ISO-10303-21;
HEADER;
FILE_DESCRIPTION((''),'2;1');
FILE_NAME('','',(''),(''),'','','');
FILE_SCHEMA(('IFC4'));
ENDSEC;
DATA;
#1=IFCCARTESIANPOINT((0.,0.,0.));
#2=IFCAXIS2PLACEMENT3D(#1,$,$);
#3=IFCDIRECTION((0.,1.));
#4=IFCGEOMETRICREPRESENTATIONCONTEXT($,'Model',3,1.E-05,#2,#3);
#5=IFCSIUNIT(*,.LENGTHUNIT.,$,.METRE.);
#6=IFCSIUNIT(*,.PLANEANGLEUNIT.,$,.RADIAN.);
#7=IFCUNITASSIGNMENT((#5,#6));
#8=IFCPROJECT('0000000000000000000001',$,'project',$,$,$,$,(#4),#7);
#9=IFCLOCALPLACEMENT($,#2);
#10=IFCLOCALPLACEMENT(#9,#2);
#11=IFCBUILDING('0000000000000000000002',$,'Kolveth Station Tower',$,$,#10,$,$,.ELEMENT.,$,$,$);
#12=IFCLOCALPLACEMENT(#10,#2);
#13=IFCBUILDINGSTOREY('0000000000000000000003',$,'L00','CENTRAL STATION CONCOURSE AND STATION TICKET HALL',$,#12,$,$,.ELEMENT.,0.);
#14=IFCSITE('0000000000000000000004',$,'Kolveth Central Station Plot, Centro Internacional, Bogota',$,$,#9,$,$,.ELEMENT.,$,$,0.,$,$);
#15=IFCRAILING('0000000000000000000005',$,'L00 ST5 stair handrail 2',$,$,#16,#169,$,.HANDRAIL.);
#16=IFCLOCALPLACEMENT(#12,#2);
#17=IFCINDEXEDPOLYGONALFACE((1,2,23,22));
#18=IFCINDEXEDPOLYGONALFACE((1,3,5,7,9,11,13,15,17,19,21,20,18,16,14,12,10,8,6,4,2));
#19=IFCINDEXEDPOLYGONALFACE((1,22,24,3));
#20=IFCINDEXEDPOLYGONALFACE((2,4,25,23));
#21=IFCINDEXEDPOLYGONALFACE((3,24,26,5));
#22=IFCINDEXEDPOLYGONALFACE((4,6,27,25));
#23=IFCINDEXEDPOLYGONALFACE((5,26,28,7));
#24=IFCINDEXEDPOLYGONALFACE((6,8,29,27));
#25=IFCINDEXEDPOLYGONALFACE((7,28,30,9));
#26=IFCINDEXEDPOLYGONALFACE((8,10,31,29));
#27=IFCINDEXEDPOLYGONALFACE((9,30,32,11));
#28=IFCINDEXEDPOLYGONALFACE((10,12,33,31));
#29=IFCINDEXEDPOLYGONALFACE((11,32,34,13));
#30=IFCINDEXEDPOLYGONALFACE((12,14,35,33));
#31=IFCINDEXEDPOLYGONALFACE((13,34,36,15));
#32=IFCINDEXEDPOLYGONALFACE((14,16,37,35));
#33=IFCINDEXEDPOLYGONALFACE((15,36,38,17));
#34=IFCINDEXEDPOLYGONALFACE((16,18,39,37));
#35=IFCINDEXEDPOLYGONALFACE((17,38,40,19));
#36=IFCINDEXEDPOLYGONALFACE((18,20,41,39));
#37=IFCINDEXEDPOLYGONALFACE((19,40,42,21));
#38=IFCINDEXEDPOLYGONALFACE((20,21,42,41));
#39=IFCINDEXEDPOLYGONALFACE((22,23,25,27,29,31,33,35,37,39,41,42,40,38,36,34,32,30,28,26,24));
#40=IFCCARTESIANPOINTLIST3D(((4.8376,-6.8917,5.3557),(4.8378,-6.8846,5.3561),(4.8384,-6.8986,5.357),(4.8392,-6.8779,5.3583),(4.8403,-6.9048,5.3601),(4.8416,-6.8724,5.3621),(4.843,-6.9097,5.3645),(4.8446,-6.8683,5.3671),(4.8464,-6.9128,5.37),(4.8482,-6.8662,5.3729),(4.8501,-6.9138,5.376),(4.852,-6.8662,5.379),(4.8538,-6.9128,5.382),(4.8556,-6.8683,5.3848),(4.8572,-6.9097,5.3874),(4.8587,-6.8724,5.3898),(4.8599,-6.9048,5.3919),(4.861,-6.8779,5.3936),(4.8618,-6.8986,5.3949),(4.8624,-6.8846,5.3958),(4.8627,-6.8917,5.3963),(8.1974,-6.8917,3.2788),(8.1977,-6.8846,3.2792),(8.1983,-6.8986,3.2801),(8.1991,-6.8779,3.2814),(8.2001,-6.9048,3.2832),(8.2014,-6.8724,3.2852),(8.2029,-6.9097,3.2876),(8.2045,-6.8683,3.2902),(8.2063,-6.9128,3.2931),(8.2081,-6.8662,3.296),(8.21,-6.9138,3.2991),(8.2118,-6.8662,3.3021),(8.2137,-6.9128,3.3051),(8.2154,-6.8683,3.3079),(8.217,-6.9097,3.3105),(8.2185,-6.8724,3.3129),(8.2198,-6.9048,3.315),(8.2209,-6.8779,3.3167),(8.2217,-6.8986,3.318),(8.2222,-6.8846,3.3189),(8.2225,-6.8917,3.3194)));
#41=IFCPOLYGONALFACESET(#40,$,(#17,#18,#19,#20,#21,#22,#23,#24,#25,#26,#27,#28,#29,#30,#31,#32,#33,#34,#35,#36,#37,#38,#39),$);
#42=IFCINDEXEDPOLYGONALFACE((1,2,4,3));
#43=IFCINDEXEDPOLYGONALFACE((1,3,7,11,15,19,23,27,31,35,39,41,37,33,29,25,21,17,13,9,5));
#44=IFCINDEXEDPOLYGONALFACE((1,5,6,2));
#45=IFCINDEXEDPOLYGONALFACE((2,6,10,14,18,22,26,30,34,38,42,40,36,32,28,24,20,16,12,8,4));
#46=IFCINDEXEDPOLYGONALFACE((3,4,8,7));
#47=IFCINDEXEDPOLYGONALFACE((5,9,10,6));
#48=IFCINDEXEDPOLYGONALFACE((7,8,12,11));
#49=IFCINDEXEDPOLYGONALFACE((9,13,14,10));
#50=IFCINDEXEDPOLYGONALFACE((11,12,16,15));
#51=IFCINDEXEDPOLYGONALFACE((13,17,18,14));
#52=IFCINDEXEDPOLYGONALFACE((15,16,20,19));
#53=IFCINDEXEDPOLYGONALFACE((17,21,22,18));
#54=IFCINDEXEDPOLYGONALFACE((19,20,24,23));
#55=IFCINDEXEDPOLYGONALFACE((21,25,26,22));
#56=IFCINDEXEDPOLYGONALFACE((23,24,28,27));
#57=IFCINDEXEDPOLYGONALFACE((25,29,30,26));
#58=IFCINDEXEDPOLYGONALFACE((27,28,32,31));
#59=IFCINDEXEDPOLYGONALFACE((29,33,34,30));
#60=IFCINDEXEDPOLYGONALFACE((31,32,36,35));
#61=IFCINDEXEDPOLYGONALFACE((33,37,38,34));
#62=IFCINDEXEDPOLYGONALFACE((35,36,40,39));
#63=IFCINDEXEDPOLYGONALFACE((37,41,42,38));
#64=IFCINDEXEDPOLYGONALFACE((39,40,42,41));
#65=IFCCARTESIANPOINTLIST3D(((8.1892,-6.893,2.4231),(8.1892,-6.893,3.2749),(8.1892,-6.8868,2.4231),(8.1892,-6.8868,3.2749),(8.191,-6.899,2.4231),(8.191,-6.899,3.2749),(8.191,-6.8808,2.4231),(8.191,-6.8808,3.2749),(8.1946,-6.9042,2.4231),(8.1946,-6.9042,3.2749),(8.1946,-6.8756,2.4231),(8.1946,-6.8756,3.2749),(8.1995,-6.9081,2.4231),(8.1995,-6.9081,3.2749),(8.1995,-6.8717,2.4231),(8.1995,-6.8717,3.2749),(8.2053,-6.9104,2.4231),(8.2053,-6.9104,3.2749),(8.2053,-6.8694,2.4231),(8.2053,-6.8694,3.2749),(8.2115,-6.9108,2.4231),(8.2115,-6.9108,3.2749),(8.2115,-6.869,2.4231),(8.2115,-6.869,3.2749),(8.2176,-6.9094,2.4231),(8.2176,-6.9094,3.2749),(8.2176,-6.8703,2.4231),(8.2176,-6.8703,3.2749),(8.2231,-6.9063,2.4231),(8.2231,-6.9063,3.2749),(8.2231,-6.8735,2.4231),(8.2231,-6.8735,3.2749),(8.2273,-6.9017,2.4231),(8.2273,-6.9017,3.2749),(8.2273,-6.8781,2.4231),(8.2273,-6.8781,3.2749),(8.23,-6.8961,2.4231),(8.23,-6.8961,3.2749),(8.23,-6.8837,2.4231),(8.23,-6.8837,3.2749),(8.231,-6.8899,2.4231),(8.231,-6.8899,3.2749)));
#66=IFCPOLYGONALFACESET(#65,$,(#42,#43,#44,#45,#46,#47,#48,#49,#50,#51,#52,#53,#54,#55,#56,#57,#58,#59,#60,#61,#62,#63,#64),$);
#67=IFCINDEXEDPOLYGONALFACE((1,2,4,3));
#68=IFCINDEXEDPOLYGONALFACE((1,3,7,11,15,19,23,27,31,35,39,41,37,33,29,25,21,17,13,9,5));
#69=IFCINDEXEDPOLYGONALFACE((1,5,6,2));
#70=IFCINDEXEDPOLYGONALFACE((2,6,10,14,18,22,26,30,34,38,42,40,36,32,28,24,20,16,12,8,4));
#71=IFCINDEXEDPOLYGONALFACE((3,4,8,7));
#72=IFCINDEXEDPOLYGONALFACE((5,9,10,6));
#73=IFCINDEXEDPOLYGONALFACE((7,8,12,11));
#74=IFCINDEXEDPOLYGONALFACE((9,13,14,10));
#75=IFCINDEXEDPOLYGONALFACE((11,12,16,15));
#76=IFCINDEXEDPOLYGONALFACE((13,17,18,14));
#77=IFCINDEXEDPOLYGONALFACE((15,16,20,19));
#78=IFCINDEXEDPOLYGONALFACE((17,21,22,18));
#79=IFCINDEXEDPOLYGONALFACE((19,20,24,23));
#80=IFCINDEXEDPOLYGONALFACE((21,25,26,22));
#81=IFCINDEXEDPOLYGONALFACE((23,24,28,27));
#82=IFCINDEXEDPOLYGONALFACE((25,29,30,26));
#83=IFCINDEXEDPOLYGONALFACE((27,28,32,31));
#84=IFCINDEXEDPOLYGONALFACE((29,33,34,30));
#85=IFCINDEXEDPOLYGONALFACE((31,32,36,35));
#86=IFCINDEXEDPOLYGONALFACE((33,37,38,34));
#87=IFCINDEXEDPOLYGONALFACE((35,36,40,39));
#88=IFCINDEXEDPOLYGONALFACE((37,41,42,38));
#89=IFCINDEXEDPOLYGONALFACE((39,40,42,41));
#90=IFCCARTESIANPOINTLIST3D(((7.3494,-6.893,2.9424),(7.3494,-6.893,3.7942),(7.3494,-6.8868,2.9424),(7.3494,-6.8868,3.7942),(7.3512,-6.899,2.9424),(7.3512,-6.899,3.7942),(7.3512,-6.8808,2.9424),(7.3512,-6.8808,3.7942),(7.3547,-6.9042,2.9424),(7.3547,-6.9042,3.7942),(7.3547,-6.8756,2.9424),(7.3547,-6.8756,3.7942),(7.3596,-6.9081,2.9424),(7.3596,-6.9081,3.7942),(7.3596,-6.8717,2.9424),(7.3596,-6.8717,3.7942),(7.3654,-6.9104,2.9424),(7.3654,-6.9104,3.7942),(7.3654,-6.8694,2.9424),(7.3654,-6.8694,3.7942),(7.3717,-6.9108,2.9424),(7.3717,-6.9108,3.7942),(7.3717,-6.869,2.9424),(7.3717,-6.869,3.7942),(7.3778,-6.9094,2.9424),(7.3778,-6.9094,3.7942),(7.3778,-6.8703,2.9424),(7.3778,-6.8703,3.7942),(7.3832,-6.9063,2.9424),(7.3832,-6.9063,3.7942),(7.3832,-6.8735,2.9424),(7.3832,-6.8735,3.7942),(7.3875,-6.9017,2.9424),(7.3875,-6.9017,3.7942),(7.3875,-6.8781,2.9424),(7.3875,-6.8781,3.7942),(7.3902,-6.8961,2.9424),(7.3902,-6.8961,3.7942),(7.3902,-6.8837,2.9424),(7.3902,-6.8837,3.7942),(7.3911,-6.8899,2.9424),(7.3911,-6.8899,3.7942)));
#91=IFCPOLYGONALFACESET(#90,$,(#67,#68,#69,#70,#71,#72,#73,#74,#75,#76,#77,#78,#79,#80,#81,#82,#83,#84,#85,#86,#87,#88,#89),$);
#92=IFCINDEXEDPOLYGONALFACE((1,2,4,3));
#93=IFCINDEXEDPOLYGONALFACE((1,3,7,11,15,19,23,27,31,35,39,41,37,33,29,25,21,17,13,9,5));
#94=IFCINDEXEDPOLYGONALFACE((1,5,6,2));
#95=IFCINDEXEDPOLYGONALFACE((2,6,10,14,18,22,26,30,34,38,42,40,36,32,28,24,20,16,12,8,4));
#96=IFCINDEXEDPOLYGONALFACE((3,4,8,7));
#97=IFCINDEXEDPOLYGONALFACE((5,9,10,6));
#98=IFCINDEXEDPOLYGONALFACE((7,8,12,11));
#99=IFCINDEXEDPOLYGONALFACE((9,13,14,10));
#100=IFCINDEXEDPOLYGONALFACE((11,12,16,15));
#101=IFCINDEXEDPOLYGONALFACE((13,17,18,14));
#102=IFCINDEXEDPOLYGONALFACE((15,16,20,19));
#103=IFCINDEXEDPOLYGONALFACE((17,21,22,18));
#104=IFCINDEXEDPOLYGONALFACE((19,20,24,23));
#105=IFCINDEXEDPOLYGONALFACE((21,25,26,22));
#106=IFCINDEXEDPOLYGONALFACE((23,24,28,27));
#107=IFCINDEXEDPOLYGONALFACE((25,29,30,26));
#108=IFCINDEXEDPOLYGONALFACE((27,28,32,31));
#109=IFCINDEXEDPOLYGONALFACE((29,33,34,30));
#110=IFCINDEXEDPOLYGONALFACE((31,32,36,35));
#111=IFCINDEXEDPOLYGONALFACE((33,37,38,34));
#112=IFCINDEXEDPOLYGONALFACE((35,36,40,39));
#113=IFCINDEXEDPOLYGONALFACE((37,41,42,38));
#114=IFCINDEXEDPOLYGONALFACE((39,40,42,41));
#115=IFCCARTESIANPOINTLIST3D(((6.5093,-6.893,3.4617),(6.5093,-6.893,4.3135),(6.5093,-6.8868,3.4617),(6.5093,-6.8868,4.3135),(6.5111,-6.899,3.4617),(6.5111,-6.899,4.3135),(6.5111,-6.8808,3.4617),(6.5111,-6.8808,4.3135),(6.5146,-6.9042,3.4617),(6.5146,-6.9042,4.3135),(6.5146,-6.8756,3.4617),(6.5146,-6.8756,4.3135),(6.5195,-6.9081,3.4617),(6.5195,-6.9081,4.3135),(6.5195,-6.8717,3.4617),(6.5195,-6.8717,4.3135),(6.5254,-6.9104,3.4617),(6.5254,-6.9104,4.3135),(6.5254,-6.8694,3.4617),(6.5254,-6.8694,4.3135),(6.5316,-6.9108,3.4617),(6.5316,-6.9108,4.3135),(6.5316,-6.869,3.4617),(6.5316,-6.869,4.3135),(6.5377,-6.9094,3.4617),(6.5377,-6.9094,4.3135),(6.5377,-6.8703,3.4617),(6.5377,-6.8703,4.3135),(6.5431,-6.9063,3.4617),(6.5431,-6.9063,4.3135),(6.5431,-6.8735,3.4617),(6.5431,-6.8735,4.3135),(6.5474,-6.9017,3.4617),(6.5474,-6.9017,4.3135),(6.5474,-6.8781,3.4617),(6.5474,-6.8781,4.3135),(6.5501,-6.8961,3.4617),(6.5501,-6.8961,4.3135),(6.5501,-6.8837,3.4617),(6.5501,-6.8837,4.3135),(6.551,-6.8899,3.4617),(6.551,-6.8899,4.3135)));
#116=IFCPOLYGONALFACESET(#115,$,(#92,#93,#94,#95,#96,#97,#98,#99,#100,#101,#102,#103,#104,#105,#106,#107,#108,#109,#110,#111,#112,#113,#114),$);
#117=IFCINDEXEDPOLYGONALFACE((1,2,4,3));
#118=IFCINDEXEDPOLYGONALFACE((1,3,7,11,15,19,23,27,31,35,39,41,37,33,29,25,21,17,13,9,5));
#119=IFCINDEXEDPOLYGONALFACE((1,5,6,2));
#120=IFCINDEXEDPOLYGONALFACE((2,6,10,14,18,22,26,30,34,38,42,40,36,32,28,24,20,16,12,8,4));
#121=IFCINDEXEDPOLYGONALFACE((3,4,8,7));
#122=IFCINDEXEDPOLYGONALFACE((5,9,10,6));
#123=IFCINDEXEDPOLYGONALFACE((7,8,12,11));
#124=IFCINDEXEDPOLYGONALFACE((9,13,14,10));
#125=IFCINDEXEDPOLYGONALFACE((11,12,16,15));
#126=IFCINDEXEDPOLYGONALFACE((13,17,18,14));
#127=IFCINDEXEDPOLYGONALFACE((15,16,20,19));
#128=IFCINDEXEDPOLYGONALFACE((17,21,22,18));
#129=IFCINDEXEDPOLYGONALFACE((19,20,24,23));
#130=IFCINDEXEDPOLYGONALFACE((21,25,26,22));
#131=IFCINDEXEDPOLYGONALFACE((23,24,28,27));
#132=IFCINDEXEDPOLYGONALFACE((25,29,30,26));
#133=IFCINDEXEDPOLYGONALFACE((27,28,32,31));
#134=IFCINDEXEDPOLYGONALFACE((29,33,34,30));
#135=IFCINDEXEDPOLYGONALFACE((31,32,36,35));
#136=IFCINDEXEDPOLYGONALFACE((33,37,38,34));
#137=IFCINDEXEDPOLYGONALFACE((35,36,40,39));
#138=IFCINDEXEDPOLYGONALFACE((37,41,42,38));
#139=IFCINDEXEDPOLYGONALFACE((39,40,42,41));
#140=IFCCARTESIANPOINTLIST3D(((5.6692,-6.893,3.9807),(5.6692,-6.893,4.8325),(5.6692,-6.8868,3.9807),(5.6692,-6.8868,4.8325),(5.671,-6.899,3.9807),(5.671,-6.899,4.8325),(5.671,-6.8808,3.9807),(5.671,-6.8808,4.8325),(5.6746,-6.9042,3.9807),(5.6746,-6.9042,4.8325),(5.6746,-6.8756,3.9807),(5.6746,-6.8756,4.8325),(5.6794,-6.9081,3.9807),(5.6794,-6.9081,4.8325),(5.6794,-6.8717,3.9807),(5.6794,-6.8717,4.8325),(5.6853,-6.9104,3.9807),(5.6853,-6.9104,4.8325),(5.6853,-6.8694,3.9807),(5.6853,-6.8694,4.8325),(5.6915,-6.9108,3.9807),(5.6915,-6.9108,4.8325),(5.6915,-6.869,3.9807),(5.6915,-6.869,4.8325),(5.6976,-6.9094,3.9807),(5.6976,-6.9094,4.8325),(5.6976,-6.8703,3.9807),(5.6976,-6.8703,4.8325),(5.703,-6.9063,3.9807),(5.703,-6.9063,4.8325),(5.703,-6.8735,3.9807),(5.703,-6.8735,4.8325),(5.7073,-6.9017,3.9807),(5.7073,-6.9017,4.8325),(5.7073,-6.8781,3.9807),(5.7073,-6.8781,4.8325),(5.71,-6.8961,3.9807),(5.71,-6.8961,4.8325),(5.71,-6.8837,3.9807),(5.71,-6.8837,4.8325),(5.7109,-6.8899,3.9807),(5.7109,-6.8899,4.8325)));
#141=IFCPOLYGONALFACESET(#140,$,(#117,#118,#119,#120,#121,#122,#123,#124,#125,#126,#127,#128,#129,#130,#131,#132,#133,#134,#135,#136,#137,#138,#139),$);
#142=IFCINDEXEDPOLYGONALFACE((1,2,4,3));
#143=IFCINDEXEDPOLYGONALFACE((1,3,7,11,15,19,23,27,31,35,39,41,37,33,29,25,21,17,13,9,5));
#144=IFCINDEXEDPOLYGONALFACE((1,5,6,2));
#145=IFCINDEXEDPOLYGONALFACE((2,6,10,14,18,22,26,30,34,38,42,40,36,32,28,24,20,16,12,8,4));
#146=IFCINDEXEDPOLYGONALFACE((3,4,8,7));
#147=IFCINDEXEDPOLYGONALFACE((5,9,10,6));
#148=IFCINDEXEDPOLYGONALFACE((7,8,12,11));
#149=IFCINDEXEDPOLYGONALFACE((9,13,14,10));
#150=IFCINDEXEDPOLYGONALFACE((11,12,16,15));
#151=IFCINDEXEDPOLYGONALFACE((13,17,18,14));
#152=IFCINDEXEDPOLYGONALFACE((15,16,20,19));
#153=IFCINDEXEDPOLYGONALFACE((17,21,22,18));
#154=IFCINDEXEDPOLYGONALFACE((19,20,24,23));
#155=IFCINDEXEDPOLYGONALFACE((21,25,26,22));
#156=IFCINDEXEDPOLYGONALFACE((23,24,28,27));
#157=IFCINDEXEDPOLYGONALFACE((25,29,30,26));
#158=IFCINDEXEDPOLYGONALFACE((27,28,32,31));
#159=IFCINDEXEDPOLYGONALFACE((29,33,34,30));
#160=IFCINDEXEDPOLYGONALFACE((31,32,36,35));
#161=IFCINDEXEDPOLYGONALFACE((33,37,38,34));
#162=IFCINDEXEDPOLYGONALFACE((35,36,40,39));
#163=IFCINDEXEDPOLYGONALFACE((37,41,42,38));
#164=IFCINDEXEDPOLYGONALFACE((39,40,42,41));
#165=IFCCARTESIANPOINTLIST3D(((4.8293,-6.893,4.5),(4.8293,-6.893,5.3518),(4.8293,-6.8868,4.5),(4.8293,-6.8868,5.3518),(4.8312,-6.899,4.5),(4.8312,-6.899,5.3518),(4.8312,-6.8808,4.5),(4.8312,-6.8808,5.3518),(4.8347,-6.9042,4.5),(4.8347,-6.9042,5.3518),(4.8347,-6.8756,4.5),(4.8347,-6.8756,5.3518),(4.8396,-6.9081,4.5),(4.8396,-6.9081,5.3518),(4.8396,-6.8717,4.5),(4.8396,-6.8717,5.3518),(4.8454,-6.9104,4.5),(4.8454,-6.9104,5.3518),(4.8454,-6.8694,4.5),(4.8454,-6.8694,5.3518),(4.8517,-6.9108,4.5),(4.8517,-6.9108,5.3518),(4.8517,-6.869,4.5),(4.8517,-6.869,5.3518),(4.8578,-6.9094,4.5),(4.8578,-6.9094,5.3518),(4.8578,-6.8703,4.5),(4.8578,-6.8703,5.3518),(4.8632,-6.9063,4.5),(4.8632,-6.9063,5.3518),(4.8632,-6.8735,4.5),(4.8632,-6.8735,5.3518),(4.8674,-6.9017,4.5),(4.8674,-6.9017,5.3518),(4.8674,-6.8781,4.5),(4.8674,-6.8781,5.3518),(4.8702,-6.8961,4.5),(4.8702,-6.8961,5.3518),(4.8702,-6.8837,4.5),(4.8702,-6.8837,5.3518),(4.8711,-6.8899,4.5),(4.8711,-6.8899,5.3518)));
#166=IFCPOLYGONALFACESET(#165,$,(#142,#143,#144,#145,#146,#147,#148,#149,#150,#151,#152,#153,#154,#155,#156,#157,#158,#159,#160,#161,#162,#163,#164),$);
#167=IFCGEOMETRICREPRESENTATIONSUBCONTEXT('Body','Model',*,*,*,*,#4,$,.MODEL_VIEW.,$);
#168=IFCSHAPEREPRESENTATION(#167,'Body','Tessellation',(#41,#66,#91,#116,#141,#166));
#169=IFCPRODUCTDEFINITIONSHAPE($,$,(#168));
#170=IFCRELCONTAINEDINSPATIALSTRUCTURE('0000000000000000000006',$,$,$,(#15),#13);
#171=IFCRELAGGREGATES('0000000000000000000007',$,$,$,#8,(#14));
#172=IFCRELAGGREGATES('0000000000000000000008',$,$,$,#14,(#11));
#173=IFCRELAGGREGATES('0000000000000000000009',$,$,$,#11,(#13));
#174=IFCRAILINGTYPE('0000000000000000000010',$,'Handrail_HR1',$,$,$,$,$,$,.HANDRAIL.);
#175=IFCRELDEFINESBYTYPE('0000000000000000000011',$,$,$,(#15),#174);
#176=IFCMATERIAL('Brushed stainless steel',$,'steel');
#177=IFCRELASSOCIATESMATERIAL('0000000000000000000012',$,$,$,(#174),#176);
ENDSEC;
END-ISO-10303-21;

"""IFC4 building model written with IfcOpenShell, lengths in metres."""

from ifc_helpers import new_model, si_unit, direction, frame, origin, origin_2d, place, context, subcontext, project, spatial, circle, extrude, material, type_object, element, save


model = new_model("IFC4")

# Units and contexts
model_context = context("Model", 3, precision=1e-05, world=origin(), true_north=direction((0.0, 1.0)))
body_context = subcontext(model_context, "Body", "Model", "MODEL_VIEW")
ifc_project = project(units=[si_unit("LENGTHUNIT", "METRE"), si_unit("PLANEANGLEUNIT", "RADIAN")], contexts=[model_context])

# Site, building, storey
site_placement = place(None, origin())
site = spatial("IfcSite", under=ifc_project, at=site_placement, Name="Kolveth Central Station Plot, Centro Internacional, Bogota", CompositionType="ELEMENT", RefElevation=0.0)
building_placement = place(site_placement, origin())
building = spatial("IfcBuilding", under=site, at=building_placement, Name="Kolveth Station Tower", CompositionType="ELEMENT")
storey_placement = place(building_placement, origin())
storey = spatial("IfcBuildingStorey", under=building, at=storey_placement, Name="L00", Description="CENTRAL STATION CONCOURSE AND STATION TICKET HALL", CompositionType="ELEMENT", Elevation=0.0)

# Railing
ifc_material_1 = material(Name="Brushed stainless steel", Category="steel")
railing_type_1 = type_object("IfcRailingType", Name="Handrail_HR1", PredefinedType="HANDRAIL", material=ifc_material_1)
railing_1_placement = place(storey_placement, frame((8.21, -6.8899, 2.4231)))
element("IfcRailing", 1, at=railing_1_placement, inside=storey, type_object=railing_type_1, Name="L00 ST5 stair handrail 2", PredefinedType="HANDRAIL", context=body_context, shape_type="SweptSolid", body=[
    extrude(circle(Radius=0.0239, at=origin_2d()), frame((0.0, 0.0, 0.876), z_axis=(-0.850606, 0.0, 0.525803), x_axis=(0.0, -1.0, 0.0)), (0.0, 0.0, 1.0), 3.95),
    extrude(circle(Radius=0.021, at=origin_2d()), origin(), (0.0, 0.0, 1.0), 0.8518),
    extrude(circle(Radius=0.021, at=origin_2d()), frame((-0.8398, 0.0, 0.5193)), (0.0, 0.0, 1.0), 0.8518),
    extrude(circle(Radius=0.021, at=origin_2d()), frame((-1.6799, 0.0, 1.0386)), (0.0, 0.0, 1.0), 0.8518),
    extrude(circle(Radius=0.021, at=origin_2d()), frame((-2.52, 0.0, 1.5576)), (0.0, 0.0, 1.0), 0.8518),
    extrude(circle(Radius=0.021, at=origin_2d()), frame((-3.3599, 0.0, 2.0769)), (0.0, 0.0, 1.0), 0.8518),
])

save(model, "model.ifc")
